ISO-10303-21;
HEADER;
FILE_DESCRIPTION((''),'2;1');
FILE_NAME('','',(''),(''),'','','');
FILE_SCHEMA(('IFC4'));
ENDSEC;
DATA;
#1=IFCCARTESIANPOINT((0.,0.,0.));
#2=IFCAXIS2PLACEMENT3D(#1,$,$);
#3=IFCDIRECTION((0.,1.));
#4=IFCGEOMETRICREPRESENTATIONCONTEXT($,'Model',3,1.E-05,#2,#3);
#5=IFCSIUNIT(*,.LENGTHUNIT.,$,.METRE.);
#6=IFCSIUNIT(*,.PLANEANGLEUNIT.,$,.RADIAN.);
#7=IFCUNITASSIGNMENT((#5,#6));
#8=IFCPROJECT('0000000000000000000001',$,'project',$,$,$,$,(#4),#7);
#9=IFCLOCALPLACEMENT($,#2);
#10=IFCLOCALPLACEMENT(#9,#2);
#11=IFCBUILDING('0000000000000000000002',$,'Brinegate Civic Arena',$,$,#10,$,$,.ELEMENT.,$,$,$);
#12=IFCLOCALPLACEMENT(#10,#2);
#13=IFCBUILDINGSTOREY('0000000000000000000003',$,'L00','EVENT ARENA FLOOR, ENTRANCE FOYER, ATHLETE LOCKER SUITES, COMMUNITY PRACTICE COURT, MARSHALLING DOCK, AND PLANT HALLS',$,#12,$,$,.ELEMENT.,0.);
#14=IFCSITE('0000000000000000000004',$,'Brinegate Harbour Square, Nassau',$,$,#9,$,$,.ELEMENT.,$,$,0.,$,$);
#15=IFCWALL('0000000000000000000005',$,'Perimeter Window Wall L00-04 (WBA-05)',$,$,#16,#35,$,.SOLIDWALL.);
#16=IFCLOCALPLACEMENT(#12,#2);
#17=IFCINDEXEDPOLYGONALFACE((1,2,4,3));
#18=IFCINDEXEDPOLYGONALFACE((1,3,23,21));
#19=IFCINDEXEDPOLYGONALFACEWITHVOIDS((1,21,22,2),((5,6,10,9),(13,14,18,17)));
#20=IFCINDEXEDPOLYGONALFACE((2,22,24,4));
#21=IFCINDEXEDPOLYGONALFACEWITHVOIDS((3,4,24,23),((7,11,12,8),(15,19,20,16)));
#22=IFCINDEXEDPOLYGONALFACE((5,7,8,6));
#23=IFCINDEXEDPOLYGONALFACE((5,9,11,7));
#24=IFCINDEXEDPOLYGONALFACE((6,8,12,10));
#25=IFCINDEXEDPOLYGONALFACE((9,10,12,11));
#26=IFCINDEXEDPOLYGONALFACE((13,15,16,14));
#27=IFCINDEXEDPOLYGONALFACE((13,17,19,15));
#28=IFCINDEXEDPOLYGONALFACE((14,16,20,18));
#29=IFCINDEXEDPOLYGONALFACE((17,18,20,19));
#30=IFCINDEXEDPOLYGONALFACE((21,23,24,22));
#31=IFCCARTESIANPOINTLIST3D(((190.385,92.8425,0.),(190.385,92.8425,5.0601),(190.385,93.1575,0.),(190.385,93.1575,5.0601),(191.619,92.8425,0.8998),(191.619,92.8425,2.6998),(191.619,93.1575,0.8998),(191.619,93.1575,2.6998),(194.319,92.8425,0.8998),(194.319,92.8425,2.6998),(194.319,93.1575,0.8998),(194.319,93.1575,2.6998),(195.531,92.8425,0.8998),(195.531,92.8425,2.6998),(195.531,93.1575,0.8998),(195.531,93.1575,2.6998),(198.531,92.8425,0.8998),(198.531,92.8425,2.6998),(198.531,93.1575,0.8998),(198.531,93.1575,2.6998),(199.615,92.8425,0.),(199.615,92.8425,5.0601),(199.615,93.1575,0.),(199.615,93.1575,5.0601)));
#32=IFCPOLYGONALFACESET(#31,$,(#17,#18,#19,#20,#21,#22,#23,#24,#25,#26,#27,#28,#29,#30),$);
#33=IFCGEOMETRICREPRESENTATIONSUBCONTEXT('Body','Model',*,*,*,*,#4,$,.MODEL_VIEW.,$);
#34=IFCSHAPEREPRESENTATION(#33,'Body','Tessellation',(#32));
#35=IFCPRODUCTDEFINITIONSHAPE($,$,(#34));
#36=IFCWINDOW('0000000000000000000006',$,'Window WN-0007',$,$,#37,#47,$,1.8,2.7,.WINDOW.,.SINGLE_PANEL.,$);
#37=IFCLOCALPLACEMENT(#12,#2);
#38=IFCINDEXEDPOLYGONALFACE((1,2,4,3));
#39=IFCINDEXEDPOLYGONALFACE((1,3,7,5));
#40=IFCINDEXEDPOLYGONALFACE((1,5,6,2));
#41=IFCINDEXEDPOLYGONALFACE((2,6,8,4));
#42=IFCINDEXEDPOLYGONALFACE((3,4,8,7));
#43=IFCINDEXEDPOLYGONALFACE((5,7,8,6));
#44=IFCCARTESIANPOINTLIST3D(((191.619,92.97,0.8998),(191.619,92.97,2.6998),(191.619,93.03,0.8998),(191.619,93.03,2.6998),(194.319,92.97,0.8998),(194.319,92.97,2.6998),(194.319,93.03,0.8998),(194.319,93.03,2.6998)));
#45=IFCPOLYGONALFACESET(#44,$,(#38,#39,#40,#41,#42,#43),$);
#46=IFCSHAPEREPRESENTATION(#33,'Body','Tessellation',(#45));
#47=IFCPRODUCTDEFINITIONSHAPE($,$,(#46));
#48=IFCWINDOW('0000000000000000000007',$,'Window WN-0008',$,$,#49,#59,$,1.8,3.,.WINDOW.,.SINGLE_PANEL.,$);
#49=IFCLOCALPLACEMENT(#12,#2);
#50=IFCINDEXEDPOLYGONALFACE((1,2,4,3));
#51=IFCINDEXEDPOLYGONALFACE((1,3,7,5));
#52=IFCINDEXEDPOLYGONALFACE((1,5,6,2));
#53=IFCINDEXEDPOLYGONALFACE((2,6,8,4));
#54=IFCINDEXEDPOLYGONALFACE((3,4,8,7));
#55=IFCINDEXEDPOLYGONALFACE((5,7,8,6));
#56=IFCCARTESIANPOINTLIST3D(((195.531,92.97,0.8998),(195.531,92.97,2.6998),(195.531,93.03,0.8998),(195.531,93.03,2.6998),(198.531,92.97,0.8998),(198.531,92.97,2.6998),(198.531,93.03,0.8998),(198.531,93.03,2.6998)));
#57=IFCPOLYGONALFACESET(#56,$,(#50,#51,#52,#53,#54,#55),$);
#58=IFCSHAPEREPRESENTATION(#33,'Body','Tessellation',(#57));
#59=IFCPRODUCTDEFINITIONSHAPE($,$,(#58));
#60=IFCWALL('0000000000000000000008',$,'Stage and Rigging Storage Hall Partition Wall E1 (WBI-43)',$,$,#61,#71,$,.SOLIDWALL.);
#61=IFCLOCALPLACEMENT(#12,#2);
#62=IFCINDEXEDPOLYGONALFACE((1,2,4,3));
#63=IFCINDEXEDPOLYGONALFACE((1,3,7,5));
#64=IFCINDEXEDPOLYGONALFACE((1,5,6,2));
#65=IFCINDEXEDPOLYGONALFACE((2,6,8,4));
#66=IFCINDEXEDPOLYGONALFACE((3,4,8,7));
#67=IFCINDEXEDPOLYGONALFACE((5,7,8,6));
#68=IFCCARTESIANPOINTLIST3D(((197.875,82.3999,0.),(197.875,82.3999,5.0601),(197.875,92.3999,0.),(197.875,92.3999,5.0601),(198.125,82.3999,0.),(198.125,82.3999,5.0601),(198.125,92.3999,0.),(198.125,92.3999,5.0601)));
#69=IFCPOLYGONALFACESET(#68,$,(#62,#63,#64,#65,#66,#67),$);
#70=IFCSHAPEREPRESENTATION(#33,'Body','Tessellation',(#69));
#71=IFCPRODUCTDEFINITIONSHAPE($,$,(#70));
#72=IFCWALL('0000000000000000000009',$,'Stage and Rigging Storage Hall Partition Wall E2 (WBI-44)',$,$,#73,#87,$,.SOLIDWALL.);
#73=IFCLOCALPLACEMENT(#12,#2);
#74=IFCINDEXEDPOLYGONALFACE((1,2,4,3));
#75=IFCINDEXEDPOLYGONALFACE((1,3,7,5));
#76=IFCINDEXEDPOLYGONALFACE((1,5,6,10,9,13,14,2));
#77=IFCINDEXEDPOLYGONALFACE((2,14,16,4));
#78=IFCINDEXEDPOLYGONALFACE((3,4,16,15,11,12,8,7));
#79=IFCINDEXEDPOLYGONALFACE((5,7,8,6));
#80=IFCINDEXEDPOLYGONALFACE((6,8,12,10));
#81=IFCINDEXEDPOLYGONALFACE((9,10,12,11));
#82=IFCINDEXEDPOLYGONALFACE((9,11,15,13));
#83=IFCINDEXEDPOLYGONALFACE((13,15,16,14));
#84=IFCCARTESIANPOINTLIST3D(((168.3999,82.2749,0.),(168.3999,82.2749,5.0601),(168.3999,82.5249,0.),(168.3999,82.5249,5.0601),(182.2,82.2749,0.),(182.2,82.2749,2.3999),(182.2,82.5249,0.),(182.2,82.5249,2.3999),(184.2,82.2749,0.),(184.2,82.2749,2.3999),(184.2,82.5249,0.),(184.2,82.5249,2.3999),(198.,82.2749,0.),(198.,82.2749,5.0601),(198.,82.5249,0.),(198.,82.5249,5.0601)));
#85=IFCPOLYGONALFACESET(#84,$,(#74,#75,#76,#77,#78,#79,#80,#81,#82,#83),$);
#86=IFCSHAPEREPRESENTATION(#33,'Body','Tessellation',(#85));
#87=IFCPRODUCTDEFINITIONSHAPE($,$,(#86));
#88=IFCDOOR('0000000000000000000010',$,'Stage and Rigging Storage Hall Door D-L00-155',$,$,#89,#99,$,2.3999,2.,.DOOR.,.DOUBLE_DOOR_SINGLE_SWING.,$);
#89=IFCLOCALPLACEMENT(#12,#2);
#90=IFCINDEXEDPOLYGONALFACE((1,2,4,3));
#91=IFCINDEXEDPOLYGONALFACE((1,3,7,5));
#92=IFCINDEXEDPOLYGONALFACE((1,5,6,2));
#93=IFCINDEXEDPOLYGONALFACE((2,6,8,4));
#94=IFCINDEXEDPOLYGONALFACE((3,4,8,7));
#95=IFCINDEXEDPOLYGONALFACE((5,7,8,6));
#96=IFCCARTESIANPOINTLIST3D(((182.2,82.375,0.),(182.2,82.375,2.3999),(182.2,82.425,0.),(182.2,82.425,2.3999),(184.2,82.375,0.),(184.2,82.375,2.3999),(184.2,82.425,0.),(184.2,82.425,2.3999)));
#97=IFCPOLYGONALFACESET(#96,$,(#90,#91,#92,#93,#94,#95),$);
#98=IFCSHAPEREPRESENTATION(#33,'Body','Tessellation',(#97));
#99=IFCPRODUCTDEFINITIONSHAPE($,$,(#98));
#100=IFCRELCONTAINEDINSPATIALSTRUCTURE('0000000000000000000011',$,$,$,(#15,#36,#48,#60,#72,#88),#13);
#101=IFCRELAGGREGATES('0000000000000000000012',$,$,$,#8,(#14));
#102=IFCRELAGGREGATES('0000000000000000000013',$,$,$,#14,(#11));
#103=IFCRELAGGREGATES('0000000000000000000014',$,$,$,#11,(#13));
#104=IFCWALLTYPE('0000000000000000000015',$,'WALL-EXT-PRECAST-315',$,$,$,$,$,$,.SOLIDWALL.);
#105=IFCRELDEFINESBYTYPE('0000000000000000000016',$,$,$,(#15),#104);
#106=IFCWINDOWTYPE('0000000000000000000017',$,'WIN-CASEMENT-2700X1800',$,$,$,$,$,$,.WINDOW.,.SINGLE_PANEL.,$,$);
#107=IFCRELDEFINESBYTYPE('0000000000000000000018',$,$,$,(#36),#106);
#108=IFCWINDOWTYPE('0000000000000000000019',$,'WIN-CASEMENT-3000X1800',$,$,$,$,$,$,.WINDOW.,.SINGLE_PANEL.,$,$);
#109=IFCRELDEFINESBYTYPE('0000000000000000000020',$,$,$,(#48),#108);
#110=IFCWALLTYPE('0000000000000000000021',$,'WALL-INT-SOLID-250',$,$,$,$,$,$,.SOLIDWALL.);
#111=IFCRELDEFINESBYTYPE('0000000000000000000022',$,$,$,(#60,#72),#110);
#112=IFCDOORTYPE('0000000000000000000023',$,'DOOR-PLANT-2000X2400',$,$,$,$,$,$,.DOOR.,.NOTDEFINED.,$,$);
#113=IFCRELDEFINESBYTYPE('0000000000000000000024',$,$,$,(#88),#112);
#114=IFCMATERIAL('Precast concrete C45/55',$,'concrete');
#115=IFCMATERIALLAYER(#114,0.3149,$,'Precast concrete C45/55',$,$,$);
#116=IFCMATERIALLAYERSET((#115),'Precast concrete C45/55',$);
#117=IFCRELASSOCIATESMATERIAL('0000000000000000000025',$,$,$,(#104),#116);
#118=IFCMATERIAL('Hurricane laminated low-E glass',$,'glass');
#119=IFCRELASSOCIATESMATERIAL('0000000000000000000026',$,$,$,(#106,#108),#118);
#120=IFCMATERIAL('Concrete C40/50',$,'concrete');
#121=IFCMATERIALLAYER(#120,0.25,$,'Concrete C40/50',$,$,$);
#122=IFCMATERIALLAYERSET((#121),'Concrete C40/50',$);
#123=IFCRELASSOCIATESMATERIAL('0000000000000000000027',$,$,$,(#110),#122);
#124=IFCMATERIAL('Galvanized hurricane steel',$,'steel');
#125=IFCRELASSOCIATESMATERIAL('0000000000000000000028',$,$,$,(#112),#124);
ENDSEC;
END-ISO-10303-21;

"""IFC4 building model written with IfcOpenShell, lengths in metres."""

from ifc_helpers import new_model, si_unit, direction, frame, frame_2d, origin, place, context, subcontext, project, spatial, rectangle, extrude, material, layer, layer_set, type_object, element, fill, save


model = new_model("IFC4")

# Units and contexts
model_context = context("Model", 3, precision=1e-05, world=origin(), true_north=direction((0.0, 1.0)))
body_context = subcontext(model_context, "Body", "Model", "MODEL_VIEW")
ifc_project = project(units=[si_unit("LENGTHUNIT", "METRE"), si_unit("PLANEANGLEUNIT", "RADIAN")], contexts=[model_context])

# Site, building, storey
site_placement = place(None, origin())
site = spatial("IfcSite", under=ifc_project, at=site_placement, Name="Brinegate Harbour Square, Nassau", CompositionType="ELEMENT", RefElevation=0.0)
building_placement = place(site_placement, origin())
building = spatial("IfcBuilding", under=site, at=building_placement, Name="Brinegate Civic Arena", CompositionType="ELEMENT")
storey_placement = place(building_placement, origin())
storey = spatial("IfcBuildingStorey", under=building, at=storey_placement, Name="L00", Description="EVENT ARENA FLOOR, ENTRANCE FOYER, ATHLETE LOCKER SUITES, COMMUNITY PRACTICE COURT, MARSHALLING DOCK, AND PLANT HALLS", CompositionType="ELEMENT", Elevation=0.0)

# Shared definitions
ifc_material_1 = material(Name="Concrete C40/50", Category="concrete")

# Wall, openings, windows
ifc_material_2 = material(Name="Precast concrete C45/55", Category="concrete")
ifc_layer_1 = layer(ifc_material_2, 0.3149, Name="Precast concrete C45/55")
ifc_layer_set_1 = layer_set([ifc_layer_1], Name="Precast concrete C45/55")
wall_type_1 = type_object("IfcWallType", Name="WALL-EXT-PRECAST-315", PredefinedType="SOLIDWALL", material=ifc_layer_set_1)
wall_1_placement = place(storey_placement, frame((190.385, 93.0, 0.0), z_axis=(0.0, 0.0, 1.0), x_axis=(1.0, 0.0, 0.0)))
wall_1 = element("IfcWall", 1, at=wall_1_placement, inside=storey, type_object=wall_type_1, Name="Perimeter Window Wall L00-04 (WBA-05)", PredefinedType="SOLIDWALL", context=body_context, shape_type="SweptSolid", body=[
    extrude(rectangle(XDim=9.23, YDim=0.3149, at=frame_2d((4.615, 0.0))), origin(), (0.0, 0.0, 1.0), 5.0601),
])
opening_1_placement = place(wall_1_placement, frame((1.2339, 0.0, 0.8999)))
opening_1 = element("IfcOpeningElement", 2, at=opening_1_placement, cuts=wall_1, PredefinedType="OPENING", context=body_context, shape_type="SweptSolid", body=[
    extrude(rectangle(XDim=2.7, YDim=1.8, at=frame_2d((1.3501, 0.8999))), frame((0.0, 0.1675, 0.0), z_axis=(0.0, -1.0, 0.0), x_axis=(1.0, 0.0, 0.0)), (0.0, 0.0, 1.0), 0.335),
])
opening_2_placement = place(wall_1_placement, frame((5.146, 0.0, 0.8999)))
opening_2 = element("IfcOpeningElement", 3, at=opening_2_placement, cuts=wall_1, PredefinedType="OPENING", context=body_context, shape_type="SweptSolid", body=[
    extrude(rectangle(XDim=3.0, YDim=1.8, at=frame_2d((1.5, 0.8999))), frame((0.0, 0.1675, 0.0), z_axis=(0.0, -1.0, 0.0), x_axis=(1.0, 0.0, 0.0)), (0.0, 0.0, 1.0), 0.335),
])
ifc_material_3 = material(Name="Hurricane laminated low-E glass", Category="glass")
window_type_1 = type_object("IfcWindowType", Name="WIN-CASEMENT-2700X1800", PartitioningType="SINGLE_PANEL", PredefinedType="WINDOW", material=ifc_material_3)
window_1_placement = place(opening_1_placement, origin())
window_1 = element("IfcWindow", 4, at=window_1_placement, inside=storey, type_object=window_type_1, Name="Window WN-0007", OverallHeight=1.8, OverallWidth=2.7, PartitioningType="SINGLE_PANEL", PredefinedType="WINDOW", context=body_context, shape_type="SweptSolid", body=[
    extrude(rectangle(XDim=2.7, YDim=1.8, at=frame_2d((1.3501, 0.8999))), frame((0.0, 0.03, 0.0), z_axis=(0.0, -1.0, 0.0), x_axis=(1.0, 0.0, 0.0)), (0.0, 0.0, 1.0), 0.0601),
])
fill(opening_1, window_1)
window_type_2 = type_object("IfcWindowType", Name="WIN-CASEMENT-3000X1800", PartitioningType="SINGLE_PANEL", PredefinedType="WINDOW", material=ifc_material_3)
window_2_placement = place(opening_2_placement, origin())
window_2 = element("IfcWindow", 5, at=window_2_placement, inside=storey, type_object=window_type_2, Name="Window WN-0008", OverallHeight=1.8, OverallWidth=3.0, PartitioningType="SINGLE_PANEL", PredefinedType="WINDOW", context=body_context, shape_type="SweptSolid", body=[
    extrude(rectangle(XDim=3.0, YDim=1.8, at=frame_2d((1.5, 0.8999))), frame((0.0, 0.03, 0.0), z_axis=(0.0, -1.0, 0.0), x_axis=(1.0, 0.0, 0.0)), (0.0, 0.0, 1.0), 0.0601),
])
fill(opening_2, window_2)

# Wall
ifc_layer_2 = layer(ifc_material_1, 0.25, Name="Concrete C40/50")
ifc_layer_set_2 = layer_set([ifc_layer_2], Name="Concrete C40/50")
wall_type_2 = type_object("IfcWallType", Name="WALL-INT-SOLID-250", PredefinedType="SOLIDWALL", material=ifc_layer_set_2)
wall_2_placement = place(storey_placement, frame((198.0, 92.3999, 0.0), z_axis=(0.0, 0.0, 1.0), x_axis=(0.0, -1.0, 0.0)))
element("IfcWall", 6, at=wall_2_placement, inside=storey, type_object=wall_type_2, Name="Stage and Rigging Storage Hall Partition Wall E1 (WBI-43)", PredefinedType="SOLIDWALL", context=body_context, shape_type="SweptSolid", body=[
    extrude(rectangle(XDim=10.0, YDim=0.25, at=frame_2d((5.0, 0.0))), origin(), (0.0, 0.0, 1.0), 5.0601),
])

# Wall, opening, door
wall_3_placement = place(storey_placement, frame((198.0, 82.3999, 0.0), z_axis=(0.0, 0.0, 1.0), x_axis=(-1.0, 0.0, 0.0)))
wall_3 = element("IfcWall", 7, at=wall_3_placement, inside=storey, type_object=wall_type_2, Name="Stage and Rigging Storage Hall Partition Wall E2 (WBI-44)", PredefinedType="SOLIDWALL", context=body_context, shape_type="SweptSolid", body=[
    extrude(rectangle(XDim=29.6001, YDim=0.25, at=frame_2d((14.8, 0.0))), origin(), (0.0, 0.0, 1.0), 5.0601),
])
opening_3_placement = place(wall_3_placement, frame((13.8, 0.0, 0.0)))
opening_3 = element("IfcOpeningElement", 8, at=opening_3_placement, cuts=wall_3, PredefinedType="OPENING", context=body_context, shape_type="SweptSolid", body=[
    extrude(rectangle(XDim=2.0, YDim=2.3999, at=frame_2d((1.0, 1.2))), frame((0.0, 0.135, 0.0), z_axis=(0.0, -1.0, 0.0), x_axis=(1.0, 0.0, 0.0)), (0.0, 0.0, 1.0), 0.27),
])
ifc_material_4 = material(Name="Galvanized hurricane steel", Category="steel")
door_type = type_object("IfcDoorType", Name="DOOR-PLANT-2000X2400", OperationType="NOTDEFINED", PredefinedType="DOOR", material=ifc_material_4)
door_placement = place(opening_3_placement, origin())
door = element("IfcDoor", 9, at=door_placement, inside=storey, type_object=door_type, Name="Stage and Rigging Storage Hall Door D-L00-155", OperationType="DOUBLE_DOOR_SINGLE_SWING", OverallHeight=2.3999, OverallWidth=2.0, PredefinedType="DOOR", context=body_context, shape_type="SweptSolid", body=[
    extrude(rectangle(XDim=2.0, YDim=2.3999, at=frame_2d((1.0, 1.2))), frame((0.0, 0.0249, 0.0), z_axis=(0.0, -1.0, 0.0), x_axis=(1.0, 0.0, 0.0)), (0.0, 0.0, 1.0), 0.05),
])
fill(opening_3, door)

save(model, "model.ifc")
